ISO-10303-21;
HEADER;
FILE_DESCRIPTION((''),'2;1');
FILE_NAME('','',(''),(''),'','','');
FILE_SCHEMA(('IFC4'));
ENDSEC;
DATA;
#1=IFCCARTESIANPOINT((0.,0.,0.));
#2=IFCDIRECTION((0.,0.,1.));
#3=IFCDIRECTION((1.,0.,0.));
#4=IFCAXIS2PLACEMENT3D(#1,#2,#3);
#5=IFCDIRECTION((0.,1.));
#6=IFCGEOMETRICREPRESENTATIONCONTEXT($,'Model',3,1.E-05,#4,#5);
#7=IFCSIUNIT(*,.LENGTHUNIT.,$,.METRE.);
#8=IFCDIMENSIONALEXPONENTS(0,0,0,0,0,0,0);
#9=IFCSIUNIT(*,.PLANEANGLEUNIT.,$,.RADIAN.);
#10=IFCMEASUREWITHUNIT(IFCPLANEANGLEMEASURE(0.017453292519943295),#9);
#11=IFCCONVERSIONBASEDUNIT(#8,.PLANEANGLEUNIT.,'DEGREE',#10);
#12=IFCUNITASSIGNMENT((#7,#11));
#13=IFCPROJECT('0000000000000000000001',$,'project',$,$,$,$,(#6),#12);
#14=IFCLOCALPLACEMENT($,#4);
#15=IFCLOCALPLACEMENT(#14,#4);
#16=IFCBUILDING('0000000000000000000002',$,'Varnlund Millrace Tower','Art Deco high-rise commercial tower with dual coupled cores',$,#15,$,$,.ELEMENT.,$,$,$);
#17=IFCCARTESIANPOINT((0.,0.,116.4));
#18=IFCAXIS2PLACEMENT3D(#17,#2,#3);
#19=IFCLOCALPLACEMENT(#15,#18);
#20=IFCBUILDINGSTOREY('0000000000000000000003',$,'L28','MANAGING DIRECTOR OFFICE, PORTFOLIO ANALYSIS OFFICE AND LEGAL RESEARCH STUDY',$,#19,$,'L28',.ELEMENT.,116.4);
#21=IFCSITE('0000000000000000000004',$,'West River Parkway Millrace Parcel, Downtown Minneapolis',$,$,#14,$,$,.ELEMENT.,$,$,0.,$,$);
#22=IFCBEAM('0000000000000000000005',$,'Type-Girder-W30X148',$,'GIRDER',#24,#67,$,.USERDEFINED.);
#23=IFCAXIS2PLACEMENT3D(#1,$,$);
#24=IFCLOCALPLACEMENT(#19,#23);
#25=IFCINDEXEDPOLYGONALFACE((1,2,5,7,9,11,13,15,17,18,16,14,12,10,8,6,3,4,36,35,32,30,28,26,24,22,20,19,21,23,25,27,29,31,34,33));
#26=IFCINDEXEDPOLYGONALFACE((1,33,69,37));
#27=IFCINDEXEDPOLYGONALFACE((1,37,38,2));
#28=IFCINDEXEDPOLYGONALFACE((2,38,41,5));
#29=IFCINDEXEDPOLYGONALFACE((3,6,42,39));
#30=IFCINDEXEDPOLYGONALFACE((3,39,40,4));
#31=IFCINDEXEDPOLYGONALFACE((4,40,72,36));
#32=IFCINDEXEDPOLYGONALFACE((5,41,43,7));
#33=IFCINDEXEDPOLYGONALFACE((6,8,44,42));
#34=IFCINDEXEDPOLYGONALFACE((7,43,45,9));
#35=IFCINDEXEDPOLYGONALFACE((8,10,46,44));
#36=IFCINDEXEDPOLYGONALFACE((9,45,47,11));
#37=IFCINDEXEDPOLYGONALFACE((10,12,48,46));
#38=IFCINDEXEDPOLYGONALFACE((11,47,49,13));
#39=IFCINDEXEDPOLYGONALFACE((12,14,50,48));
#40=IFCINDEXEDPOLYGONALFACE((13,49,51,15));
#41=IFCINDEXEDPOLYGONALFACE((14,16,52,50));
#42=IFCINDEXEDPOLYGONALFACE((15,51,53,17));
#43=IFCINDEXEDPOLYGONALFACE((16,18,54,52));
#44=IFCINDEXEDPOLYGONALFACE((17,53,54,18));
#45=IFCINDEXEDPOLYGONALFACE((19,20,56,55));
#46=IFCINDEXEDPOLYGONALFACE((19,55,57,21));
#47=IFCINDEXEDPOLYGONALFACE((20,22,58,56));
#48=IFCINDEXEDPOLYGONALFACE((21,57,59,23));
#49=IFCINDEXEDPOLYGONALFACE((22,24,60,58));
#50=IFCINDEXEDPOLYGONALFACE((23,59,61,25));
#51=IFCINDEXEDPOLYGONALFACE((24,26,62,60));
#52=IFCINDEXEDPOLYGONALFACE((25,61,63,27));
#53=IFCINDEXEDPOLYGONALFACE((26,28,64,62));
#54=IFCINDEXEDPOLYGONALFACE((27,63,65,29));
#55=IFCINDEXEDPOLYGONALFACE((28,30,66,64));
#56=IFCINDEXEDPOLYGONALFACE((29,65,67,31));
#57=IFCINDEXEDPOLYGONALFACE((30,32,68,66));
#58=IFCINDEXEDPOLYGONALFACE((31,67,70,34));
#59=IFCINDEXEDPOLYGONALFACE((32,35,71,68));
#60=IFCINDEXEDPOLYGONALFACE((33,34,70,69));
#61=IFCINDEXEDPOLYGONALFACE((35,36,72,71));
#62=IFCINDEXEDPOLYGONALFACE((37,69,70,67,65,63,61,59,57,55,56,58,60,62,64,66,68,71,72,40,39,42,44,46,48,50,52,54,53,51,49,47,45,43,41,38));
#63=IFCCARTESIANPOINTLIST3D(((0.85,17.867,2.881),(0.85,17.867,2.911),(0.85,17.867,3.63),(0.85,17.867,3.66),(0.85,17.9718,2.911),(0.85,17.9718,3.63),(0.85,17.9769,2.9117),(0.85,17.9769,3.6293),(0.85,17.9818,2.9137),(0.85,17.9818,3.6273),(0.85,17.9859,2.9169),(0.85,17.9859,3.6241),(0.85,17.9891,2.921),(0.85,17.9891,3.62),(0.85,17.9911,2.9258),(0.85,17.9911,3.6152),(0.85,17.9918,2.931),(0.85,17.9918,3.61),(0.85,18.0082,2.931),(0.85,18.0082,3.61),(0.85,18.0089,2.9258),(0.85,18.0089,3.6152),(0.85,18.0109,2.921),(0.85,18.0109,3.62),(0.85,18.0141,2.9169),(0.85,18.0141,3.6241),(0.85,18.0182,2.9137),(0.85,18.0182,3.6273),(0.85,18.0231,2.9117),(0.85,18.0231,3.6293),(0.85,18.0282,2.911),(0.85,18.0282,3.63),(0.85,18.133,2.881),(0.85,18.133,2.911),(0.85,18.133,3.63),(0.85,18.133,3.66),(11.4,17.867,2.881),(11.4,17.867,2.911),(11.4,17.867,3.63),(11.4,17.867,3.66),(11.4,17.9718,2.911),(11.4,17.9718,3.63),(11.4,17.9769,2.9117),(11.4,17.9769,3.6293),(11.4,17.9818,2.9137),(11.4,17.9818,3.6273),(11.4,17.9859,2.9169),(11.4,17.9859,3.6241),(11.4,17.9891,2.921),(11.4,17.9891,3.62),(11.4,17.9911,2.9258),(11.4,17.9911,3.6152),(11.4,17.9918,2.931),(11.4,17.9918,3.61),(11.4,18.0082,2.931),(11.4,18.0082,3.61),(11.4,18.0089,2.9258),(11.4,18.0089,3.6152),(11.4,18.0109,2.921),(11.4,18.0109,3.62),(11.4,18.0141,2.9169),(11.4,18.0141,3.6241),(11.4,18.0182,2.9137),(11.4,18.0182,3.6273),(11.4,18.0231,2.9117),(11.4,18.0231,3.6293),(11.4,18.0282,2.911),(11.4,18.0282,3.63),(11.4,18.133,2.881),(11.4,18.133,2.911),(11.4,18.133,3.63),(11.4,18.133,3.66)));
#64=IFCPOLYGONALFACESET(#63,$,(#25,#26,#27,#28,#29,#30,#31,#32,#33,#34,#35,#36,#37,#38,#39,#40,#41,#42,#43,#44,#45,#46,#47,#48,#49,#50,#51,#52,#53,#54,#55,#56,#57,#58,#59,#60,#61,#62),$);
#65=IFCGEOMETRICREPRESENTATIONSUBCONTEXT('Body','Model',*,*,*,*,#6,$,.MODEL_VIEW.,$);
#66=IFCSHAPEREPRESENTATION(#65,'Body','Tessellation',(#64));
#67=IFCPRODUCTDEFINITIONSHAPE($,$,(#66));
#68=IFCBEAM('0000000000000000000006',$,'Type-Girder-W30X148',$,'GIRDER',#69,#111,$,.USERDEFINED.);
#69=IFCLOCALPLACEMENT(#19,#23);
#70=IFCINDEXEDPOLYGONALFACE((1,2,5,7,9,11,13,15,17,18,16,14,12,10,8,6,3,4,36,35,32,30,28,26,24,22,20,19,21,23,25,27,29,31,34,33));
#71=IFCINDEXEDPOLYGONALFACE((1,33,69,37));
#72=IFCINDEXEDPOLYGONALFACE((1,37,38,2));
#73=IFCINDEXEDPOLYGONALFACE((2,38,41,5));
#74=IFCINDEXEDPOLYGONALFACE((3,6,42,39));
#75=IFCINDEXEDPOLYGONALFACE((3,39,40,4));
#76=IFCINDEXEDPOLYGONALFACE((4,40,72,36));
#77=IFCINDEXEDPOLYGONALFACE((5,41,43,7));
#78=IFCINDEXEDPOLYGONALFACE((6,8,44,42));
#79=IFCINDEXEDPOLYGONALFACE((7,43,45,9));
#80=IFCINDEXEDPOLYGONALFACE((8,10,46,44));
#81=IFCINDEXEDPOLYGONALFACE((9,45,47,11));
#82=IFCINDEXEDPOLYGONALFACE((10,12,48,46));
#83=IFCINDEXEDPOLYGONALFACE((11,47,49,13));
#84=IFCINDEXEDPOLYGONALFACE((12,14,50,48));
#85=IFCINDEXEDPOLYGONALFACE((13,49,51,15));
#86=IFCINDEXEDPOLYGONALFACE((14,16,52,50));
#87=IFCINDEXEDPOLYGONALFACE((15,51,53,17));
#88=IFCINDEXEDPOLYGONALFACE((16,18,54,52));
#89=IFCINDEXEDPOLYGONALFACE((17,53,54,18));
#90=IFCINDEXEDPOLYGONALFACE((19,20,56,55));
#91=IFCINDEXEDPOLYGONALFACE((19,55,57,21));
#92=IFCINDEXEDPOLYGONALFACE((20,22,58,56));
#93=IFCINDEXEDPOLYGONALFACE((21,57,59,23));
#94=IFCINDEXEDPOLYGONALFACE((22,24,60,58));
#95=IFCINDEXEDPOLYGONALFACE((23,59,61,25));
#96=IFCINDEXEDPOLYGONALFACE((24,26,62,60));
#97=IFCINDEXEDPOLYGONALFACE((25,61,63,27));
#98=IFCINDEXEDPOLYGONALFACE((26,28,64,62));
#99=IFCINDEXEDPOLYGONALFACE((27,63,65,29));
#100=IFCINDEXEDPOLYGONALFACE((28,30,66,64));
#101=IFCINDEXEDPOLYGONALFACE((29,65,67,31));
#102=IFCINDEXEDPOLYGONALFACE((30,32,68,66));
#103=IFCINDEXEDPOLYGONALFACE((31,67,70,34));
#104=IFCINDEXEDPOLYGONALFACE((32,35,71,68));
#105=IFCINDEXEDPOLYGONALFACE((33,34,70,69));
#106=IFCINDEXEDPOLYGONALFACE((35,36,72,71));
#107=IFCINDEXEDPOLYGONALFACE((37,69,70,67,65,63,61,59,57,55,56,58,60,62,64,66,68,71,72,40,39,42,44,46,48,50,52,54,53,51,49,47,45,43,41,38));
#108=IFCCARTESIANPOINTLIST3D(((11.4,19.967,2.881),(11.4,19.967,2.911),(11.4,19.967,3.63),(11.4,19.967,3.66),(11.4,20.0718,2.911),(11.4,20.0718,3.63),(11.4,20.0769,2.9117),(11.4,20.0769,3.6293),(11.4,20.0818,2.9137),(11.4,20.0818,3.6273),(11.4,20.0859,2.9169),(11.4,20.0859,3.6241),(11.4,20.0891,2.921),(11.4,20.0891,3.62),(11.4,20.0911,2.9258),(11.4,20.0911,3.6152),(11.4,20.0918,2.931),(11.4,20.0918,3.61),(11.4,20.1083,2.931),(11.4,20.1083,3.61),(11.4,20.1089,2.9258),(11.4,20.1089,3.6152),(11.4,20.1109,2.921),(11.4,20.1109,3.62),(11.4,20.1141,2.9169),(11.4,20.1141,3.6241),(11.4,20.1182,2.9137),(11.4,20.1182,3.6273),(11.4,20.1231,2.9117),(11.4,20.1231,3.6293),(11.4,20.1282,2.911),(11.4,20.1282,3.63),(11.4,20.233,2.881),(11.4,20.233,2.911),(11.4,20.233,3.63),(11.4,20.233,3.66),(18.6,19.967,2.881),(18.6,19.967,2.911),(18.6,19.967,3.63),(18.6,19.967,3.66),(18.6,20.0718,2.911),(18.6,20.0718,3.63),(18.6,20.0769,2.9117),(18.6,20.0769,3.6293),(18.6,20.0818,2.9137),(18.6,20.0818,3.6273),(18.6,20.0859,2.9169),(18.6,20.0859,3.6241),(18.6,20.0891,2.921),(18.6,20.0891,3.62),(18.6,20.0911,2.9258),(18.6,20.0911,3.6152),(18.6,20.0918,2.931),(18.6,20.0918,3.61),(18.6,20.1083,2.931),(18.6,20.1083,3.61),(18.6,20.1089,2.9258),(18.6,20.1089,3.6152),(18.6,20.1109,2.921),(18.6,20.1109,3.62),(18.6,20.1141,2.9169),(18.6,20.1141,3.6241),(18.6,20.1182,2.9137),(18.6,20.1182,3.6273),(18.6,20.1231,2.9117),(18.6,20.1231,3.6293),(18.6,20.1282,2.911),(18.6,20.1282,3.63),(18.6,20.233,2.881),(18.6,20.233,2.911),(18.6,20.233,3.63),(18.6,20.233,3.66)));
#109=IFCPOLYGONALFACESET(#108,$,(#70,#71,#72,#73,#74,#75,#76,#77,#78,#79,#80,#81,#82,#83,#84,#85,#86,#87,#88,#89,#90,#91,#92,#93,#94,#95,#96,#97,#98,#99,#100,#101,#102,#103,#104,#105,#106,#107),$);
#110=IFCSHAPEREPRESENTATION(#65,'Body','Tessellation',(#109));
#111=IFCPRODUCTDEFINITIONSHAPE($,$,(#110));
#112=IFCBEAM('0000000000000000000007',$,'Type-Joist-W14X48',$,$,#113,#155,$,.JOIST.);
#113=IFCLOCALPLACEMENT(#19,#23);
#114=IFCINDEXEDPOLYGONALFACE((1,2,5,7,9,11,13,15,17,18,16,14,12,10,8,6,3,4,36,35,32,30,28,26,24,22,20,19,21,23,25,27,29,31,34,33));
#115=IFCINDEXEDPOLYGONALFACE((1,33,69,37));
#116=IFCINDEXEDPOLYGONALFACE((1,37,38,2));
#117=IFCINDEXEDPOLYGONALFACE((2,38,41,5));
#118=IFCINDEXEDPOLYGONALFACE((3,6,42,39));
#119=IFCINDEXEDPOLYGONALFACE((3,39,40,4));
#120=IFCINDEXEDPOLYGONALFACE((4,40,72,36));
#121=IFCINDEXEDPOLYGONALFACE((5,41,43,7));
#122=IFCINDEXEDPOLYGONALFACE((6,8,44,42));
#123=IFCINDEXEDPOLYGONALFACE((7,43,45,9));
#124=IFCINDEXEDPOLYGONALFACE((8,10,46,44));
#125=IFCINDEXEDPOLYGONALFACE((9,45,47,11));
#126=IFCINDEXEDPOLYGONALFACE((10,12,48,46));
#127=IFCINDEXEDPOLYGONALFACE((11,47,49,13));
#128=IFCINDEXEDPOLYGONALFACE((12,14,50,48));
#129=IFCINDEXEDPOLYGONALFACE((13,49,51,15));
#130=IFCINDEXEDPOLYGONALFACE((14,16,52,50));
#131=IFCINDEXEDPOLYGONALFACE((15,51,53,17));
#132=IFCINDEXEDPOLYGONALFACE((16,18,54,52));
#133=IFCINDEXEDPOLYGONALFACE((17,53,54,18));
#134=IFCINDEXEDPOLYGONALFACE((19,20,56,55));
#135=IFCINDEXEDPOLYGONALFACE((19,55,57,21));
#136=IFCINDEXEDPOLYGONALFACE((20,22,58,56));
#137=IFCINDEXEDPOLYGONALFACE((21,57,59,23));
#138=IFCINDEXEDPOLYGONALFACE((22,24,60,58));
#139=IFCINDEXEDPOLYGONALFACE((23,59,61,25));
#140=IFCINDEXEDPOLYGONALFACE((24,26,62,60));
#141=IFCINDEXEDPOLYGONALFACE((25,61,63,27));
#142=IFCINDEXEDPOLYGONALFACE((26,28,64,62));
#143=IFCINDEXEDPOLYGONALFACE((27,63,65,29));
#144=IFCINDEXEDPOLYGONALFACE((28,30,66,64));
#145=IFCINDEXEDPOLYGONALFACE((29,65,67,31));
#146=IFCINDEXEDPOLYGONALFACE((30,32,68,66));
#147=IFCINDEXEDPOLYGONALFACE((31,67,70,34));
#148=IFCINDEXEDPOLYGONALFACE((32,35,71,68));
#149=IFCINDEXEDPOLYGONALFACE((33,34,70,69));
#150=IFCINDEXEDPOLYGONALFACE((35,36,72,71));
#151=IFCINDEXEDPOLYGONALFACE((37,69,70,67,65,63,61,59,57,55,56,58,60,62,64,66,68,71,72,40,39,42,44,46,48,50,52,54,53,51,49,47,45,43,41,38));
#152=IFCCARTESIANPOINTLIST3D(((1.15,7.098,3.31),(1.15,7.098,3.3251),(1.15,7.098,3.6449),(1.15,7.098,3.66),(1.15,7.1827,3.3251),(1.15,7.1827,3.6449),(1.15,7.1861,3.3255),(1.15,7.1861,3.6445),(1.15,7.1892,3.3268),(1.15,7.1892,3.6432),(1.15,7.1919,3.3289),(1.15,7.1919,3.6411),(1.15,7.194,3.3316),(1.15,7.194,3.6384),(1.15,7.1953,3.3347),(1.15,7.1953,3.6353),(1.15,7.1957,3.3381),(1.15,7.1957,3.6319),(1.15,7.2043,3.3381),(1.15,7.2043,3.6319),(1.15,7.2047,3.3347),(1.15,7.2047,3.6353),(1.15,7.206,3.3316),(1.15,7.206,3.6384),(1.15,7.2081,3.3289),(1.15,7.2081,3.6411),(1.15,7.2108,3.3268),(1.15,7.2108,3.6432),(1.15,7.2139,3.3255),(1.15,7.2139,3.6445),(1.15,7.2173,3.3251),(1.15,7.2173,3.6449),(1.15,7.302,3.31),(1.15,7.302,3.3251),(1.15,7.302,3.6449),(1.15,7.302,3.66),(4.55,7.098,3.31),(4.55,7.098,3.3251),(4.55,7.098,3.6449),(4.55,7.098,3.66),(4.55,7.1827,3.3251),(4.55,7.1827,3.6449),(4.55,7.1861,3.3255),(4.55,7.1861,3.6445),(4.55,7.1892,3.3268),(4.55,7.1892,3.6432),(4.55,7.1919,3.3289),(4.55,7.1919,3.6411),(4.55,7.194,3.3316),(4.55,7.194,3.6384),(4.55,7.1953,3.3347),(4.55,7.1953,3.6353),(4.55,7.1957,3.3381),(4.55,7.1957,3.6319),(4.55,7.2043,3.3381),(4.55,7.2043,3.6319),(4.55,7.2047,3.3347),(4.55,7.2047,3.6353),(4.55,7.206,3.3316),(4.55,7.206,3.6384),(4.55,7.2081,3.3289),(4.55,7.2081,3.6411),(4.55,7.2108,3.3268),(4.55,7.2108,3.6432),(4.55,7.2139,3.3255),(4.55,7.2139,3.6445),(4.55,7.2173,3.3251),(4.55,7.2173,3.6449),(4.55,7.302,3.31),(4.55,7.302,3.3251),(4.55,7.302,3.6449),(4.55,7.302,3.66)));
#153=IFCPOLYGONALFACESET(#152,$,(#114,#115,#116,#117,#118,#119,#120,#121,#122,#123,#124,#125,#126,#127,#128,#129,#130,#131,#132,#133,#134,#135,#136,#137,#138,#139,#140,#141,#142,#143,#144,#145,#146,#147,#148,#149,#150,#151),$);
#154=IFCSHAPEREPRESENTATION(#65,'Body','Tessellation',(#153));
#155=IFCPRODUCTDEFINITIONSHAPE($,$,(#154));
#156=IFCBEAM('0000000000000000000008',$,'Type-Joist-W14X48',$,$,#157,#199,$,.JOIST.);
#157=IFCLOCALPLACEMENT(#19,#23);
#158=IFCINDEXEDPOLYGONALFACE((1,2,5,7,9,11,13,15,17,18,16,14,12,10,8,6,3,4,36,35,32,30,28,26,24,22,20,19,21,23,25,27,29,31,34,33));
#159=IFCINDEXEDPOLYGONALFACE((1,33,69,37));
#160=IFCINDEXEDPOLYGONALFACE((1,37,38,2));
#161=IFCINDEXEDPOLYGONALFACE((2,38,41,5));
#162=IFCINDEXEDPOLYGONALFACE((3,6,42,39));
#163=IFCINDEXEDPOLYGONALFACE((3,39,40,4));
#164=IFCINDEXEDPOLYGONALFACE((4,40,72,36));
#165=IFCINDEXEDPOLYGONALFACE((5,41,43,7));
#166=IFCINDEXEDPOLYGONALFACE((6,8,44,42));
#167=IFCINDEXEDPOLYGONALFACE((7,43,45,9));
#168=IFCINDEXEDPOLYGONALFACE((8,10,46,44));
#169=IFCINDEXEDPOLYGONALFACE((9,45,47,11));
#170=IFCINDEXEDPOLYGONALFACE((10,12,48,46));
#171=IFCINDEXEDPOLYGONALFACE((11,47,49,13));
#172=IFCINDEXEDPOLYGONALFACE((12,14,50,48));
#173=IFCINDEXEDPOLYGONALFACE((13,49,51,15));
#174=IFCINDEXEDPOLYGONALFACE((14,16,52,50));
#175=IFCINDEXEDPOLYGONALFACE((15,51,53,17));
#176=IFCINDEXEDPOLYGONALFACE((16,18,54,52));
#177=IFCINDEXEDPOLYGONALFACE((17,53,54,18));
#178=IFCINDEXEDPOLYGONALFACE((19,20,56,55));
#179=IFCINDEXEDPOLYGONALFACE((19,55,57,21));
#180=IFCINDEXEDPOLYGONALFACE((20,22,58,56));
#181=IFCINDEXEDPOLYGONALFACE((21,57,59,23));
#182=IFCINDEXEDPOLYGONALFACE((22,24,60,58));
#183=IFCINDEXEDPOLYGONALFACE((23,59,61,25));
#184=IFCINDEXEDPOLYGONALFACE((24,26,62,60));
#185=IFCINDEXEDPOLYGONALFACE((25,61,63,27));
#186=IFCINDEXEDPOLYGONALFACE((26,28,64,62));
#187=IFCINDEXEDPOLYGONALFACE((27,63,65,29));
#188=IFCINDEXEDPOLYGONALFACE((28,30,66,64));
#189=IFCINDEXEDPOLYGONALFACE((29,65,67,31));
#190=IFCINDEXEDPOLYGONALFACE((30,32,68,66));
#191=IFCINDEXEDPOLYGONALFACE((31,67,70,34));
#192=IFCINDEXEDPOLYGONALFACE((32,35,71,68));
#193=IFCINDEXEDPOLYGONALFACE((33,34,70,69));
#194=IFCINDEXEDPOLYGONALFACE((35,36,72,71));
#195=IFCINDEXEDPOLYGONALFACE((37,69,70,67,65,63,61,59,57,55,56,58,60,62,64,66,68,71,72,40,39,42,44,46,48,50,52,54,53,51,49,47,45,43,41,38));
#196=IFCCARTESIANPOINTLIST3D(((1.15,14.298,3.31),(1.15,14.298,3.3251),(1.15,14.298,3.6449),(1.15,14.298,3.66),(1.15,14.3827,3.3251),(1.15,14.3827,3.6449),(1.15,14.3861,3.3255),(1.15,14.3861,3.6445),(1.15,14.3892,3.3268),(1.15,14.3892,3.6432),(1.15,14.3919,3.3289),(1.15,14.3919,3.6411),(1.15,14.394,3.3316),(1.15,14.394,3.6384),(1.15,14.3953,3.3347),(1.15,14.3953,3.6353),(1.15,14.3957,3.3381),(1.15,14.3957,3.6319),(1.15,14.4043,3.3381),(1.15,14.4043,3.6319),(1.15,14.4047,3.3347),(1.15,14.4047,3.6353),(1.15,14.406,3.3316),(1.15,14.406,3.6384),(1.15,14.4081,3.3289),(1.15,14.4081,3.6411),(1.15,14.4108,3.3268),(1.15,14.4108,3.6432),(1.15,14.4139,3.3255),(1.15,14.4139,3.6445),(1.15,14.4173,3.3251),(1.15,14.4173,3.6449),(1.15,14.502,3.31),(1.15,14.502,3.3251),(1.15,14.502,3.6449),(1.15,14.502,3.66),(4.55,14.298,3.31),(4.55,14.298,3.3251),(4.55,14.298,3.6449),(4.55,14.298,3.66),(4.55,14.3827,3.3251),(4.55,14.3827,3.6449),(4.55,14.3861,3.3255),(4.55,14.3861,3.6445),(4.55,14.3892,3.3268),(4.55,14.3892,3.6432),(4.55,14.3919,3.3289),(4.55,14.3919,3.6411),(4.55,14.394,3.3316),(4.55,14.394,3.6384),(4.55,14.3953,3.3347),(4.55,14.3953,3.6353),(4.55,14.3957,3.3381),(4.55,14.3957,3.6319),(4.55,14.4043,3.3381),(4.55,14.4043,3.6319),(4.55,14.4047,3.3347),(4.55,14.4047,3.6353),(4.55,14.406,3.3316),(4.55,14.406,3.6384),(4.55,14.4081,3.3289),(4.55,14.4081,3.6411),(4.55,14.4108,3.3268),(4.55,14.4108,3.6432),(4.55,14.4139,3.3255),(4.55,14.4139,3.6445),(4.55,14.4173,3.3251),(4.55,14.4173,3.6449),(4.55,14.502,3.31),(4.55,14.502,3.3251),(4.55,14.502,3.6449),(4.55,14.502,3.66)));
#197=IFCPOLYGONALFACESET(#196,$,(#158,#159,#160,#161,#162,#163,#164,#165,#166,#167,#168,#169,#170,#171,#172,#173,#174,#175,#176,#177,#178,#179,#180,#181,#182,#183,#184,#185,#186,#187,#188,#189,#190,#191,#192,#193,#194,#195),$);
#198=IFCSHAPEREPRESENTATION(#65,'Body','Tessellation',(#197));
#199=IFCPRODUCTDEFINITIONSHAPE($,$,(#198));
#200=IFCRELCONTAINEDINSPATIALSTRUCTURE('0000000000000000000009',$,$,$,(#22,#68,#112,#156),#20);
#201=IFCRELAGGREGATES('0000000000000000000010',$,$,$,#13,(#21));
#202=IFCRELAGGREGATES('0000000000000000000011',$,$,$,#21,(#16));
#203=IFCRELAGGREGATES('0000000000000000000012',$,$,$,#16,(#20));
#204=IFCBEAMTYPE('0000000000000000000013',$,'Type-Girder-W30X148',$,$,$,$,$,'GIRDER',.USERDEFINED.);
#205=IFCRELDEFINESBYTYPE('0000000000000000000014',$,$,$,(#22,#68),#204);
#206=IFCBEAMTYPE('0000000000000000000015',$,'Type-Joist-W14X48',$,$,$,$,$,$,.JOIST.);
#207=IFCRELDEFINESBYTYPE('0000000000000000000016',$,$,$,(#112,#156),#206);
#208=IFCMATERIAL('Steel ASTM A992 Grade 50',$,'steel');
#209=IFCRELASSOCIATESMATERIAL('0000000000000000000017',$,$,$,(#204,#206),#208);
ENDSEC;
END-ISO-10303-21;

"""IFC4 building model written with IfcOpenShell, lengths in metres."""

from ifc_helpers import new_model, entity, si_unit, converted_unit, direction, frame, origin_with_axes, origin_2d_with_axis, place, context, subcontext, project, spatial, i_section, extrude, material, material_profile, profile_set, type_object, element, save


model = new_model("IFC4")

# Units and contexts
model_context = context("Model", 3, precision=1e-05, world=origin_with_axes(), true_north=direction((0.0, 1.0)))
body_context = subcontext(model_context, "Body", "Model", "MODEL_VIEW")
ifc_project = project(units=[si_unit("LENGTHUNIT", "METRE"), converted_unit("PLANEANGLEUNIT", "DEGREE", entity("IfcPlaneAngleMeasure", 0.017453292519943295), si_unit("PLANEANGLEUNIT", "RADIAN"), dimensions=[0, 0, 0, 0, 0, 0, 0])], contexts=[model_context])

# Site, building, storey
site_placement = place(None, origin_with_axes())
site = spatial("IfcSite", under=ifc_project, at=site_placement, Name="West River Parkway Millrace Parcel, Downtown Minneapolis", CompositionType="ELEMENT", RefElevation=0.0)
building_placement = place(site_placement, origin_with_axes())
building = spatial("IfcBuilding", under=site, at=building_placement, Name="Varnlund Millrace Tower", Description="Art Deco high-rise commercial tower with dual coupled cores", CompositionType="ELEMENT")
storey_placement = place(building_placement, frame((0.0, 0.0, 116.4), z_axis=(0.0, 0.0, 1.0), x_axis=(1.0, 0.0, 0.0)))
storey = spatial("IfcBuildingStorey", under=building, at=storey_placement, Name="L28", Description="MANAGING DIRECTOR OFFICE, PORTFOLIO ANALYSIS OFFICE AND LEGAL RESEARCH STUDY", LongName="L28", CompositionType="ELEMENT", Elevation=116.4)

# Beams
ifc_material_1 = material(Name="Steel ASTM A992 Grade 50", Category="steel")
ifc_material_profile_1 = material_profile(ifc_material_1, i_section(OverallWidth=0.266, OverallDepth=0.779, WebThickness=0.0165, FlangeThickness=0.03, FilletRadius=0.02, at=origin_2d_with_axis()), Name="Steel ASTM A992 Grade 50")
ifc_profile_set_1 = profile_set([ifc_material_profile_1], Name="Steel ASTM A992 Grade 50")
beam_type_1 = type_object("IfcBeamType", Name="Type-Girder-W30X148", ElementType="GIRDER", PredefinedType="USERDEFINED", material=ifc_profile_set_1)
beam_1_placement = place(storey_placement, frame((0.85, 18.0, 3.2705), z_axis=(1.0, 0.0, 0.0), x_axis=(0.0, 1.0, 0.0)))
element("IfcBeam", 1, at=beam_1_placement, inside=storey, type_object=beam_type_1, Name="Type-Girder-W30X148", ObjectType="GIRDER", PredefinedType="USERDEFINED", context=body_context, shape_type="SweptSolid", body=[
    extrude(i_section(OverallWidth=0.266, OverallDepth=0.779, WebThickness=0.0165, FlangeThickness=0.03, FilletRadius=0.02, at=origin_2d_with_axis()), origin_with_axes(), (0.0, 0.0, 1.0), 10.55),
])
beam_2_placement = place(storey_placement, frame((11.4, 20.1, 3.2705), z_axis=(1.0, 0.0, 0.0), x_axis=(0.0, 1.0, 0.0)))
element("IfcBeam", 2, at=beam_2_placement, inside=storey, type_object=beam_type_1, Name="Type-Girder-W30X148", ObjectType="GIRDER", PredefinedType="USERDEFINED", context=body_context, shape_type="SweptSolid", body=[
    extrude(i_section(OverallWidth=0.266, OverallDepth=0.779, WebThickness=0.0165, FlangeThickness=0.03, FilletRadius=0.02, at=origin_2d_with_axis()), origin_with_axes(), (0.0, 0.0, 1.0), 7.2),
])
ifc_material_profile_2 = material_profile(ifc_material_1, i_section(OverallWidth=0.204, OverallDepth=0.35, WebThickness=0.0086, FlangeThickness=0.0151, FilletRadius=0.013, at=origin_2d_with_axis()), Name="Steel ASTM A992 Grade 50")
ifc_profile_set_2 = profile_set([ifc_material_profile_2], Name="Steel ASTM A992 Grade 50")
beam_type_2 = type_object("IfcBeamType", Name="Type-Joist-W14X48", PredefinedType="JOIST", material=ifc_profile_set_2)
for number, where, z_axis, x_axis, name in (
    (3, (1.15, 7.2, 3.485), (1.0, 0.0, 0.0), (0.0, 1.0, 0.0), "Type-Joist-W14X48"),
    (4, (1.15, 14.4, 3.485), (1.0, 0.0, 0.0), (0.0, 1.0, 0.0), "Type-Joist-W14X48"),
):
    element("IfcBeam", number, at=place(storey_placement, frame(where, z_axis=z_axis, x_axis=x_axis)), inside=storey, type_object=beam_type_2, Name=name, PredefinedType="JOIST", context=body_context, shape_type="SweptSolid", body=[
        extrude(i_section(OverallWidth=0.204, OverallDepth=0.35, WebThickness=0.0086, FlangeThickness=0.0151, FilletRadius=0.013, at=origin_2d_with_axis()), origin_with_axes(), (0.0, 0.0, 1.0), 3.4),
    ])

save(model, "model.ifc")
